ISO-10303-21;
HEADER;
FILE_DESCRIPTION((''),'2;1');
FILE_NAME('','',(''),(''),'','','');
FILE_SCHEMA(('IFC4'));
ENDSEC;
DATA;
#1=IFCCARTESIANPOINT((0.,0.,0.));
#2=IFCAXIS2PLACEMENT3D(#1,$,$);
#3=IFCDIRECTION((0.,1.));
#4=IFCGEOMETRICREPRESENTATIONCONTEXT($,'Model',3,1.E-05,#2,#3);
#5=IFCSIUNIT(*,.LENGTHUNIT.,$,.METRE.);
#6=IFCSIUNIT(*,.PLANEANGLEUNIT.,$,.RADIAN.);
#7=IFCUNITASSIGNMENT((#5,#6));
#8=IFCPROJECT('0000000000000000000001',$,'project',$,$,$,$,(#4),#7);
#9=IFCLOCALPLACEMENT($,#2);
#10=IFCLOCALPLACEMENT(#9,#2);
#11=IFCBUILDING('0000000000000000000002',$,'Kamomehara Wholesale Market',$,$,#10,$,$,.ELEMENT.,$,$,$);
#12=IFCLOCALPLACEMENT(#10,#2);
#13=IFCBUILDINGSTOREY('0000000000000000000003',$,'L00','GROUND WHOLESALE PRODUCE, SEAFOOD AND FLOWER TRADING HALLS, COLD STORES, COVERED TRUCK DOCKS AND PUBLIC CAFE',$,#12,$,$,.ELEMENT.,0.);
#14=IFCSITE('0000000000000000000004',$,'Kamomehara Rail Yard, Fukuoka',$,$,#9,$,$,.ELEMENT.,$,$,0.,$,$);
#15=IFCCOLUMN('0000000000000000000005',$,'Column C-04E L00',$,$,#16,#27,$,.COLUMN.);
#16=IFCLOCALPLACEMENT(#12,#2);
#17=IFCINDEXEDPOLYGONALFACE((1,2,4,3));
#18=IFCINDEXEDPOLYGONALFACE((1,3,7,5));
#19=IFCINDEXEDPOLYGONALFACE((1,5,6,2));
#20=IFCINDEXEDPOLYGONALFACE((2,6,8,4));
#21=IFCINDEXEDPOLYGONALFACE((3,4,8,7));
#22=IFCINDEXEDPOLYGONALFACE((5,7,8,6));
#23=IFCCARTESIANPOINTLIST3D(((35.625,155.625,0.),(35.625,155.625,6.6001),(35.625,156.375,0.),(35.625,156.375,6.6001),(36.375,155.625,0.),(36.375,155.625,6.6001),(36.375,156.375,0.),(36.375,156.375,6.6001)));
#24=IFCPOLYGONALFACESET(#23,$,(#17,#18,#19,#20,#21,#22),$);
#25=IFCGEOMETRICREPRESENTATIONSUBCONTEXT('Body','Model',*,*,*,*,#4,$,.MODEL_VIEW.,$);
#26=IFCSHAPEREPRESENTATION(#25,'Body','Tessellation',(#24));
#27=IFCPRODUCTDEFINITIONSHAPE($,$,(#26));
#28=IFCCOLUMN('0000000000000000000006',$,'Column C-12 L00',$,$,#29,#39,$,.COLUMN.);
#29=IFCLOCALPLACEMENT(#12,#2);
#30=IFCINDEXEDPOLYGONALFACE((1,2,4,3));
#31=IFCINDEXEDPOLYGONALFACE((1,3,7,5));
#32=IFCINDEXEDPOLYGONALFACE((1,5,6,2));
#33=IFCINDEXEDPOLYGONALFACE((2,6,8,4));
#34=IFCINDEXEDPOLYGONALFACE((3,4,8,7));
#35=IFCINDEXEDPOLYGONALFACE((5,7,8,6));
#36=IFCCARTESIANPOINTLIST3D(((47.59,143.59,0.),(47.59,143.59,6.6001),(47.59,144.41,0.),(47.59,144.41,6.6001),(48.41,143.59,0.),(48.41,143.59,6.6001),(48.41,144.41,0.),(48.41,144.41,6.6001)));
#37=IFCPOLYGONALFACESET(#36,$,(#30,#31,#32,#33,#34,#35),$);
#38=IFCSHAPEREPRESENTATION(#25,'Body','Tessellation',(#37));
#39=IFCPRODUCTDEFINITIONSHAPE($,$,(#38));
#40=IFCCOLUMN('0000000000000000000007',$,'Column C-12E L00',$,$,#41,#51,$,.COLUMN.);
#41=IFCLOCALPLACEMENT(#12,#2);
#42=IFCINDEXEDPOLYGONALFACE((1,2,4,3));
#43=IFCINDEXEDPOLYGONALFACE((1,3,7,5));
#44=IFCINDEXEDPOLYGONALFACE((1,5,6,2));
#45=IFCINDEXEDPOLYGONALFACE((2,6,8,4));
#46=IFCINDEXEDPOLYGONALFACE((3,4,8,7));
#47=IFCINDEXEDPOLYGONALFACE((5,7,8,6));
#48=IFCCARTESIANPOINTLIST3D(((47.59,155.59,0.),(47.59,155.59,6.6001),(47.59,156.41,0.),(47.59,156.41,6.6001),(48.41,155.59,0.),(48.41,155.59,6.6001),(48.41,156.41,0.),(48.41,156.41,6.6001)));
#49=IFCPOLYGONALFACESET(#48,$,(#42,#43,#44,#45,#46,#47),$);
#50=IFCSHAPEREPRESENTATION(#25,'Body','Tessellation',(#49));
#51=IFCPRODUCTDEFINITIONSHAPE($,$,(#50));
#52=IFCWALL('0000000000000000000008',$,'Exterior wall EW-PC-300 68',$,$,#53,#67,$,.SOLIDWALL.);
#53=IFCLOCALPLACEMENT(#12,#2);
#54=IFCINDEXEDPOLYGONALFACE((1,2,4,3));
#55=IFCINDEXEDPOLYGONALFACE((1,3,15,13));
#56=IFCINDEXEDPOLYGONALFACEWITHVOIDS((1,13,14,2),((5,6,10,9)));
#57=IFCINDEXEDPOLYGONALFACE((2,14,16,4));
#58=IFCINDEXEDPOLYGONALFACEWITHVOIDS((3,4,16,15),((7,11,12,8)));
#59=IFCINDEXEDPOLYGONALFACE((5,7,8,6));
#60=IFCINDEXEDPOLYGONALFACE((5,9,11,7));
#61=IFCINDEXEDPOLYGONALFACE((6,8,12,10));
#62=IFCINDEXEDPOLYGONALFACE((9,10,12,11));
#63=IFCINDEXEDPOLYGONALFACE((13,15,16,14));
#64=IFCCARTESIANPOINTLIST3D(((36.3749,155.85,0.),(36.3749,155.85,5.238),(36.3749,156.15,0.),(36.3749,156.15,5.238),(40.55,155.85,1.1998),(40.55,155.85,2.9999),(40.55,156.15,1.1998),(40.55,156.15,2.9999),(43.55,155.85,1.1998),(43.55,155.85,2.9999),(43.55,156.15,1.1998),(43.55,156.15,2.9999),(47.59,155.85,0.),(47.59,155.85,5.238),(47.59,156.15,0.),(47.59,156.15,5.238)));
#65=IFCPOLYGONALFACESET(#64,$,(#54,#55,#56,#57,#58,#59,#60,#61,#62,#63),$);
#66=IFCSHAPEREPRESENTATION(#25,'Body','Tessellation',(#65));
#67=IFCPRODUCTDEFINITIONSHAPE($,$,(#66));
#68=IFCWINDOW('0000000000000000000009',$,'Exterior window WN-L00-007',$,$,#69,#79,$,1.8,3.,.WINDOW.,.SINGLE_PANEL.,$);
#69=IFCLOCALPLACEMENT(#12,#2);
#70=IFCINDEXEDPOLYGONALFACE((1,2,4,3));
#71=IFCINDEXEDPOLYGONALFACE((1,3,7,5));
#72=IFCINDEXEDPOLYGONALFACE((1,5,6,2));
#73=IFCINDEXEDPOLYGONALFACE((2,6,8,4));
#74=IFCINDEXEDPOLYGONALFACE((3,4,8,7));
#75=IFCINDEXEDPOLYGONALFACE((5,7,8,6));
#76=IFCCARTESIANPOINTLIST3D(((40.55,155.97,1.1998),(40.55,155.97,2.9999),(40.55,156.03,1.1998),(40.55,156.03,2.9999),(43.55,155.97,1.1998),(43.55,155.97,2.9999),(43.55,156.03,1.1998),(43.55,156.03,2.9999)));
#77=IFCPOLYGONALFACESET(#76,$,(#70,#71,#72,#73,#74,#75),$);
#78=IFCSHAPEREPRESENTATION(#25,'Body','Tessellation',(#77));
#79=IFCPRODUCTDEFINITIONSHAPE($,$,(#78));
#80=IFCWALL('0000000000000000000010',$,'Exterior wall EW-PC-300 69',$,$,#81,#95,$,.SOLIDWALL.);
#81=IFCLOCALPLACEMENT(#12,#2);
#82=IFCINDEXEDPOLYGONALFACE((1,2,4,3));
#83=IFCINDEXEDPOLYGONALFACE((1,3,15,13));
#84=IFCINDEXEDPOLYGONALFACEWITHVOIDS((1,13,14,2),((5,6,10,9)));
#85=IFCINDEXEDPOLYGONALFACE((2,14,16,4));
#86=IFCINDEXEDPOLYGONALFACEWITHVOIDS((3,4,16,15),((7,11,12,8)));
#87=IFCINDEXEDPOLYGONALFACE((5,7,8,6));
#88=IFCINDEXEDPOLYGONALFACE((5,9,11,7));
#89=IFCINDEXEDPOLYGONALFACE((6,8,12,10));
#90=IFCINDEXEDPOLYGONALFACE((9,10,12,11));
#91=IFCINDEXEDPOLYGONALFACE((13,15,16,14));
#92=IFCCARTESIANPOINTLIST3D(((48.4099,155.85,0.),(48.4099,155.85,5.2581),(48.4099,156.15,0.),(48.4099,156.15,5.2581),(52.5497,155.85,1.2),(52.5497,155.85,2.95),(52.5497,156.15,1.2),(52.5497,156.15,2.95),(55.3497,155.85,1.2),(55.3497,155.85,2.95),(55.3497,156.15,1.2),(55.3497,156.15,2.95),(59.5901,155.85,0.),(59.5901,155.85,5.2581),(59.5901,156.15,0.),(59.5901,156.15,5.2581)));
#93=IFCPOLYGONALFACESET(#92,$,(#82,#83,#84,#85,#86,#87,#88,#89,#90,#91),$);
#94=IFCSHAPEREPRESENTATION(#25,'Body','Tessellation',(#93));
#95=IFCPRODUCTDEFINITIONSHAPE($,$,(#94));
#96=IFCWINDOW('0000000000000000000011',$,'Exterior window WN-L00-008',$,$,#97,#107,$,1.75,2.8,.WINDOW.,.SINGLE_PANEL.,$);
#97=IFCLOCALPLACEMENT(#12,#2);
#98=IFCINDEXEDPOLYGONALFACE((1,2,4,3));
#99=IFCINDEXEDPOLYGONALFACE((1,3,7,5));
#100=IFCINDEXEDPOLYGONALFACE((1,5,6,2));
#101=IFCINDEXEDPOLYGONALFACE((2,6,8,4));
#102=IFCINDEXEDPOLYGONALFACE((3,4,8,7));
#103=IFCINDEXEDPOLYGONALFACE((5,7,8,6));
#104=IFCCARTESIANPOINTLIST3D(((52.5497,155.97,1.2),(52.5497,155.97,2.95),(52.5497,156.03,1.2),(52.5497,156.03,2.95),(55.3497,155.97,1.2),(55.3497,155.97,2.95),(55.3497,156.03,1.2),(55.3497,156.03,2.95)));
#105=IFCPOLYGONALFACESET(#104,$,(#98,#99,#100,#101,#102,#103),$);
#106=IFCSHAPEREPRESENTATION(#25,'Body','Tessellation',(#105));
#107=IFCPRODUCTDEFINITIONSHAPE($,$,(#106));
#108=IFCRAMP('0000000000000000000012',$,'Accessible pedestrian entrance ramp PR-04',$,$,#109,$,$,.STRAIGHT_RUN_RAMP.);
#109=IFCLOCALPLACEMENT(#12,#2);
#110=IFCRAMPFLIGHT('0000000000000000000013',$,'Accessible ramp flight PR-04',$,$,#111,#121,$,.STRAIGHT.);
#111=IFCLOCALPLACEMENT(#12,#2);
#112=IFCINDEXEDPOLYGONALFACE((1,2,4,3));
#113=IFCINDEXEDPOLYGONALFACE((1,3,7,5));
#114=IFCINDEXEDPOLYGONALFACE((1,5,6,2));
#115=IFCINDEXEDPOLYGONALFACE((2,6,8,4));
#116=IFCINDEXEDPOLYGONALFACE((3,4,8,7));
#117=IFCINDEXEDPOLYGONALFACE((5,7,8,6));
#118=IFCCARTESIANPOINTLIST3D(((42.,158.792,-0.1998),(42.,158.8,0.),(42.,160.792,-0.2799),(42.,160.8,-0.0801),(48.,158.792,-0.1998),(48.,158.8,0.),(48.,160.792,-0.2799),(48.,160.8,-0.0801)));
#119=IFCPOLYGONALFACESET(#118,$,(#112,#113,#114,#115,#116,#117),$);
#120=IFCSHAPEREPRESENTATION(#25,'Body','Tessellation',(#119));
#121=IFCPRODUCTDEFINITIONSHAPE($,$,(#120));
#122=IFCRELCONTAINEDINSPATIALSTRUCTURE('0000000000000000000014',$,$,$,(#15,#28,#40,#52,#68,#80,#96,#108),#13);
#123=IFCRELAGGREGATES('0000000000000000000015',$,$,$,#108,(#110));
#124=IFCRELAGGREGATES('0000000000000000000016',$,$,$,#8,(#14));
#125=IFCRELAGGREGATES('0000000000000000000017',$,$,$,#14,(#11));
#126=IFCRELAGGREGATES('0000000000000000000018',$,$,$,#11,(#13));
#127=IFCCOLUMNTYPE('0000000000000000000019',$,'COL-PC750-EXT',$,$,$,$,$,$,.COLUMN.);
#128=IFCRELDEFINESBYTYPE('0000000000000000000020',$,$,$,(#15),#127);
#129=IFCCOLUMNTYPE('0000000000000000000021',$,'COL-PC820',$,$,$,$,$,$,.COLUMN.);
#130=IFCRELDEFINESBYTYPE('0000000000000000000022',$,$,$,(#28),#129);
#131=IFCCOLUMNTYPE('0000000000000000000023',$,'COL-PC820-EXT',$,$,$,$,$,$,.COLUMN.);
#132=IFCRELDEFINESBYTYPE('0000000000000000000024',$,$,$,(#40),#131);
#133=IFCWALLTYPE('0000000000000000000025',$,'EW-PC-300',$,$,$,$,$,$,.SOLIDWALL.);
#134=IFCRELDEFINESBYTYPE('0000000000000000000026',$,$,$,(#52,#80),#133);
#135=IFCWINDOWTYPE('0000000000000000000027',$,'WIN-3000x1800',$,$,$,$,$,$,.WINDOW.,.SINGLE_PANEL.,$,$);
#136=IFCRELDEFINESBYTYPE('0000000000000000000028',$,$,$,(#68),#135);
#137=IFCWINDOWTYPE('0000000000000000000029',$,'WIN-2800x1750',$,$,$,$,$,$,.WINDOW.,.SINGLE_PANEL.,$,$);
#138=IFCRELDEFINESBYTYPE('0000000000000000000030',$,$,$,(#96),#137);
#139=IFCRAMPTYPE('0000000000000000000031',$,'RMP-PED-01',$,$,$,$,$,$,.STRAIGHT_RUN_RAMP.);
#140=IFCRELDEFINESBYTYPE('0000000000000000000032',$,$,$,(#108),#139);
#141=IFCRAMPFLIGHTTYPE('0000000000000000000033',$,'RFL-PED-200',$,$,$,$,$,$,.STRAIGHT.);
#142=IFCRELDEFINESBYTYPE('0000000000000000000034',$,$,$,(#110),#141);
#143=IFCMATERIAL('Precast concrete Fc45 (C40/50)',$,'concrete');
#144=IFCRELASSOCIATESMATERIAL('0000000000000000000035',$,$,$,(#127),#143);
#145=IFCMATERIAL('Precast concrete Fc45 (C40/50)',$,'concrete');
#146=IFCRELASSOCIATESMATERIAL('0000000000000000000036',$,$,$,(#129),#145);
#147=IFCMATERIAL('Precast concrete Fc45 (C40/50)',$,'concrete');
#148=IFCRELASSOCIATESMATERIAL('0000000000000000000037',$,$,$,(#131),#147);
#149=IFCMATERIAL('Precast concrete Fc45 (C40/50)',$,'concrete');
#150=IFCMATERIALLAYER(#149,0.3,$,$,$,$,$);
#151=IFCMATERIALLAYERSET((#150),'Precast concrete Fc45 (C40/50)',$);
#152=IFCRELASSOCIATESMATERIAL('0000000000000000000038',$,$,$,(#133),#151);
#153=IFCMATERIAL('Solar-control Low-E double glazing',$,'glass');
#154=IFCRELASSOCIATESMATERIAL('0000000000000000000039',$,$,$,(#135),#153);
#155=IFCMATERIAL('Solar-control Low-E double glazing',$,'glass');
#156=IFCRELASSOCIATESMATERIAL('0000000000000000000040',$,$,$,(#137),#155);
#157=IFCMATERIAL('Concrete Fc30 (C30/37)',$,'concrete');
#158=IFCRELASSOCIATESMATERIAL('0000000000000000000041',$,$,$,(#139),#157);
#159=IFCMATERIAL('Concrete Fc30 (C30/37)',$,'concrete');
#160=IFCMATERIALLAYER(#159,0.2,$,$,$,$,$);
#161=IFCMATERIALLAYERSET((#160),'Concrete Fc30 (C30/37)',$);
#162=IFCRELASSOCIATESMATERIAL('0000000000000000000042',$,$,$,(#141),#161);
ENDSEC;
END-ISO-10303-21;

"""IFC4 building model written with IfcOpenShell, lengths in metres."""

from ifc_helpers import new_model, si_unit, direction, frame, frame_2d, origin, origin_2d, place, context, subcontext, project, spatial, polyline, rectangle, outline, extrude, material, layer, layer_set, material_profile, profile_set, type_object, element, fill, aggregate, save


model = new_model("IFC4")

# Units and contexts
model_context = context("Model", 3, precision=1e-05, world=origin(), true_north=direction((0.0, 1.0)))
body_context = subcontext(model_context, "Body", "Model", "MODEL_VIEW")
ifc_project = project(units=[si_unit("LENGTHUNIT", "METRE"), si_unit("PLANEANGLEUNIT", "RADIAN")], contexts=[model_context])

# Site, building, storey
site_placement = place(None, origin())
site = spatial("IfcSite", under=ifc_project, at=site_placement, Name="Kamomehara Rail Yard, Fukuoka", CompositionType="ELEMENT", RefElevation=0.0)
building_placement = place(site_placement, origin())
building = spatial("IfcBuilding", under=site, at=building_placement, Name="Kamomehara Wholesale Market", CompositionType="ELEMENT")
storey_placement = place(building_placement, origin())
storey = spatial("IfcBuildingStorey", under=building, at=storey_placement, Name="L00", Description="GROUND WHOLESALE PRODUCE, SEAFOOD AND FLOWER TRADING HALLS, COLD STORES, COVERED TRUCK DOCKS AND PUBLIC CAFE", CompositionType="ELEMENT", Elevation=0.0)

# Columns
ifc_material_1 = material(Name="Precast concrete Fc45 (C40/50)", Category="concrete")
ifc_material_profile_1 = material_profile(ifc_material_1, rectangle(XDim=0.75, YDim=0.75, at=origin_2d()), Name="PC-COL-750x750")
ifc_profile_set_1 = profile_set([ifc_material_profile_1], Name="Precast concrete Fc45 (C40/50)")
column_type_1 = type_object("IfcColumnType", Name="COL-PC750-EXT", PredefinedType="COLUMN", material=ifc_profile_set_1)
column_1_placement = place(storey_placement, frame((36.0, 156.0, 0.0), z_axis=(0.0, 0.0, 1.0), x_axis=(1.0, 0.0, 0.0)))
element("IfcColumn", 1, at=column_1_placement, inside=storey, type_object=column_type_1, Name="Column C-04E L00", PredefinedType="COLUMN", context=body_context, shape_type="SweptSolid", body=[
    extrude(rectangle(XDim=0.75, YDim=0.75, at=origin_2d()), origin(), (0.0, 0.0, 1.0), 6.6001),
])
ifc_material_2 = material(Name="Precast concrete Fc45 (C40/50)", Category="concrete")
ifc_material_profile_2 = material_profile(ifc_material_2, rectangle(XDim=0.8201, YDim=0.8201, at=origin_2d()), Name="PC-COL-820x820")
ifc_profile_set_2 = profile_set([ifc_material_profile_2], Name="Precast concrete Fc45 (C40/50)")
column_type_2 = type_object("IfcColumnType", Name="COL-PC820", PredefinedType="COLUMN", material=ifc_profile_set_2)
column_2_placement = place(storey_placement, frame((48.0, 144.0, 0.0), z_axis=(0.0, 0.0, 1.0), x_axis=(1.0, 0.0, 0.0)))
element("IfcColumn", 2, at=column_2_placement, inside=storey, type_object=column_type_2, Name="Column C-12 L00", PredefinedType="COLUMN", context=body_context, shape_type="SweptSolid", body=[
    extrude(rectangle(XDim=0.8201, YDim=0.8201, at=origin_2d()), origin(), (0.0, 0.0, 1.0), 6.6001),
])
ifc_material_3 = material(Name="Precast concrete Fc45 (C40/50)", Category="concrete")
ifc_material_profile_3 = material_profile(ifc_material_3, rectangle(XDim=0.8201, YDim=0.8201, at=origin_2d()), Name="PC-COL-820x820")
ifc_profile_set_3 = profile_set([ifc_material_profile_3], Name="Precast concrete Fc45 (C40/50)")
column_type_3 = type_object("IfcColumnType", Name="COL-PC820-EXT", PredefinedType="COLUMN", material=ifc_profile_set_3)
column_3_placement = place(storey_placement, frame((48.0, 156.0, 0.0), z_axis=(0.0, 0.0, 1.0), x_axis=(1.0, 0.0, 0.0)))
element("IfcColumn", 3, at=column_3_placement, inside=storey, type_object=column_type_3, Name="Column C-12E L00", PredefinedType="COLUMN", context=body_context, shape_type="SweptSolid", body=[
    extrude(rectangle(XDim=0.8201, YDim=0.8201, at=origin_2d()), origin(), (0.0, 0.0, 1.0), 6.6001),
])

# Walls, openings, windows
ifc_material_4 = material(Name="Precast concrete Fc45 (C40/50)", Category="concrete")
ifc_layer_1 = layer(ifc_material_4, 0.3)
ifc_layer_set_1 = layer_set([ifc_layer_1], Name="Precast concrete Fc45 (C40/50)")
wall_type = type_object("IfcWallType", Name="EW-PC-300", PredefinedType="SOLIDWALL", material=ifc_layer_set_1)
wall_1_placement = place(storey_placement, frame((36.375, 156.0, 0.0), z_axis=(0.0, 0.0, 1.0), x_axis=(1.0, 0.0, 0.0)))
wall_1 = element("IfcWall", 4, at=wall_1_placement, inside=storey, type_object=wall_type, Name="Exterior wall EW-PC-300 68", PredefinedType="SOLIDWALL", context=body_context, shape_type="SweptSolid", body=[
    extrude(rectangle(XDim=11.2151, YDim=0.3, at=frame_2d((5.6074, 0.0))), origin(), (0.0, 0.0, 1.0), 5.238),
])
opening_1_placement = place(wall_1_placement, frame((4.175, 0.0, 1.2)))
opening_1 = element("IfcOpeningElement", 5, at=opening_1_placement, cuts=wall_1, PredefinedType="OPENING", context=body_context, shape_type="SweptSolid", body=[
    extrude(rectangle(XDim=3.0, YDim=1.8, at=frame_2d((1.5, 0.8999))), frame((0.0, 0.165, 0.0), z_axis=(0.0, -1.0, 0.0), x_axis=(1.0, 0.0, 0.0)), (0.0, 0.0, 1.0), 0.3298),
])
ifc_material_5 = material(Name="Solar-control Low-E double glazing", Category="glass")
window_type_1 = type_object("IfcWindowType", Name="WIN-3000x1800", PartitioningType="SINGLE_PANEL", PredefinedType="WINDOW", material=ifc_material_5)
window_1_placement = place(opening_1_placement, origin())
window_1 = element("IfcWindow", 6, at=window_1_placement, inside=storey, type_object=window_type_1, Name="Exterior window WN-L00-007", OverallHeight=1.8, OverallWidth=3.0, PartitioningType="SINGLE_PANEL", PredefinedType="WINDOW", context=body_context, shape_type="SweptSolid", body=[
    extrude(rectangle(XDim=3.0, YDim=1.8, at=frame_2d((1.5, 0.8999))), frame((0.0, 0.03, 0.0), z_axis=(0.0, -1.0, 0.0), x_axis=(1.0, 0.0, 0.0)), (0.0, 0.0, 1.0), 0.0601),
])
fill(opening_1, window_1)
wall_2_placement = place(storey_placement, frame((48.4099, 156.0, 0.0), z_axis=(0.0, 0.0, 1.0), x_axis=(1.0, 0.0, 0.0)))
wall_2 = element("IfcWall", 7, at=wall_2_placement, inside=storey, type_object=wall_type, Name="Exterior wall EW-PC-300 69", PredefinedType="SOLIDWALL", context=body_context, shape_type="SweptSolid", body=[
    extrude(rectangle(XDim=11.1802, YDim=0.3, at=frame_2d((5.5901, 0.0))), origin(), (0.0, 0.0, 1.0), 5.2581),
])
opening_2_placement = place(wall_2_placement, frame((4.1399, 0.0, 1.2)))
opening_2 = element("IfcOpeningElement", 8, at=opening_2_placement, cuts=wall_2, PredefinedType="OPENING", context=body_context, shape_type="SweptSolid", body=[
    extrude(rectangle(XDim=2.8, YDim=1.75, at=frame_2d((1.3999, 0.875))), frame((0.0, 0.165, 0.0), z_axis=(0.0, -1.0, 0.0), x_axis=(1.0, 0.0, 0.0)), (0.0, 0.0, 1.0), 0.3298),
])
ifc_material_6 = material(Name="Solar-control Low-E double glazing", Category="glass")
window_type_2 = type_object("IfcWindowType", Name="WIN-2800x1750", PartitioningType="SINGLE_PANEL", PredefinedType="WINDOW", material=ifc_material_6)
window_2_placement = place(opening_2_placement, origin())
window_2 = element("IfcWindow", 9, at=window_2_placement, inside=storey, type_object=window_type_2, Name="Exterior window WN-L00-008", OverallHeight=1.75, OverallWidth=2.8, PartitioningType="SINGLE_PANEL", PredefinedType="WINDOW", context=body_context, shape_type="SweptSolid", body=[
    extrude(rectangle(XDim=2.8, YDim=1.75, at=frame_2d((1.3999, 0.875))), frame((0.0, 0.03, 0.0), z_axis=(0.0, -1.0, 0.0), x_axis=(1.0, 0.0, 0.0)), (0.0, 0.0, 1.0), 0.0601),
])
fill(opening_2, window_2)

# Ramp, ramp flight
ifc_material_7 = material(Name="Concrete Fc30 (C30/37)", Category="concrete")
ramp_type = type_object("IfcRampType", Name="RMP-PED-01", PredefinedType="STRAIGHT_RUN_RAMP", material=ifc_material_7)
ramp_placement = place(storey_placement, origin())
ramp = element("IfcRamp", 10, at=ramp_placement, inside=storey, type_object=ramp_type, Name="Accessible pedestrian entrance ramp PR-04", PredefinedType="STRAIGHT_RUN_RAMP")
ifc_material_8 = material(Name="Concrete Fc30 (C30/37)", Category="concrete")
ifc_layer_2 = layer(ifc_material_8, 0.2)
ifc_layer_set_2 = layer_set([ifc_layer_2], Name="Concrete Fc30 (C30/37)")
ramp_flight_type = type_object("IfcRampFlightType", Name="RFL-PED-200", PredefinedType="STRAIGHT", material=ifc_layer_set_2)
ramp_flight_placement = place(storey_placement, frame((42.0, 158.8, 0.0), z_axis=(0.0, 0.040007, 0.999199), x_axis=(1.0, 0.0, 0.0)))
ramp_flight = element("IfcRampFlight", 11, at=ramp_flight_placement, type_object=ramp_flight_type, Name="Accessible ramp flight PR-04", PredefinedType="STRAIGHT", context=body_context, shape_type="SweptSolid", body=[
    extrude(outline(polyline([(0.0, 0.0), (6.0, 0.0), (6.0, 2.0016), (0.0, 2.0016), (0.0, 0.0)])), origin(), (0.0, 0.0, -1.0), 0.2),
])
aggregate(ramp, [ramp_flight])

save(model, "model.ifc")
